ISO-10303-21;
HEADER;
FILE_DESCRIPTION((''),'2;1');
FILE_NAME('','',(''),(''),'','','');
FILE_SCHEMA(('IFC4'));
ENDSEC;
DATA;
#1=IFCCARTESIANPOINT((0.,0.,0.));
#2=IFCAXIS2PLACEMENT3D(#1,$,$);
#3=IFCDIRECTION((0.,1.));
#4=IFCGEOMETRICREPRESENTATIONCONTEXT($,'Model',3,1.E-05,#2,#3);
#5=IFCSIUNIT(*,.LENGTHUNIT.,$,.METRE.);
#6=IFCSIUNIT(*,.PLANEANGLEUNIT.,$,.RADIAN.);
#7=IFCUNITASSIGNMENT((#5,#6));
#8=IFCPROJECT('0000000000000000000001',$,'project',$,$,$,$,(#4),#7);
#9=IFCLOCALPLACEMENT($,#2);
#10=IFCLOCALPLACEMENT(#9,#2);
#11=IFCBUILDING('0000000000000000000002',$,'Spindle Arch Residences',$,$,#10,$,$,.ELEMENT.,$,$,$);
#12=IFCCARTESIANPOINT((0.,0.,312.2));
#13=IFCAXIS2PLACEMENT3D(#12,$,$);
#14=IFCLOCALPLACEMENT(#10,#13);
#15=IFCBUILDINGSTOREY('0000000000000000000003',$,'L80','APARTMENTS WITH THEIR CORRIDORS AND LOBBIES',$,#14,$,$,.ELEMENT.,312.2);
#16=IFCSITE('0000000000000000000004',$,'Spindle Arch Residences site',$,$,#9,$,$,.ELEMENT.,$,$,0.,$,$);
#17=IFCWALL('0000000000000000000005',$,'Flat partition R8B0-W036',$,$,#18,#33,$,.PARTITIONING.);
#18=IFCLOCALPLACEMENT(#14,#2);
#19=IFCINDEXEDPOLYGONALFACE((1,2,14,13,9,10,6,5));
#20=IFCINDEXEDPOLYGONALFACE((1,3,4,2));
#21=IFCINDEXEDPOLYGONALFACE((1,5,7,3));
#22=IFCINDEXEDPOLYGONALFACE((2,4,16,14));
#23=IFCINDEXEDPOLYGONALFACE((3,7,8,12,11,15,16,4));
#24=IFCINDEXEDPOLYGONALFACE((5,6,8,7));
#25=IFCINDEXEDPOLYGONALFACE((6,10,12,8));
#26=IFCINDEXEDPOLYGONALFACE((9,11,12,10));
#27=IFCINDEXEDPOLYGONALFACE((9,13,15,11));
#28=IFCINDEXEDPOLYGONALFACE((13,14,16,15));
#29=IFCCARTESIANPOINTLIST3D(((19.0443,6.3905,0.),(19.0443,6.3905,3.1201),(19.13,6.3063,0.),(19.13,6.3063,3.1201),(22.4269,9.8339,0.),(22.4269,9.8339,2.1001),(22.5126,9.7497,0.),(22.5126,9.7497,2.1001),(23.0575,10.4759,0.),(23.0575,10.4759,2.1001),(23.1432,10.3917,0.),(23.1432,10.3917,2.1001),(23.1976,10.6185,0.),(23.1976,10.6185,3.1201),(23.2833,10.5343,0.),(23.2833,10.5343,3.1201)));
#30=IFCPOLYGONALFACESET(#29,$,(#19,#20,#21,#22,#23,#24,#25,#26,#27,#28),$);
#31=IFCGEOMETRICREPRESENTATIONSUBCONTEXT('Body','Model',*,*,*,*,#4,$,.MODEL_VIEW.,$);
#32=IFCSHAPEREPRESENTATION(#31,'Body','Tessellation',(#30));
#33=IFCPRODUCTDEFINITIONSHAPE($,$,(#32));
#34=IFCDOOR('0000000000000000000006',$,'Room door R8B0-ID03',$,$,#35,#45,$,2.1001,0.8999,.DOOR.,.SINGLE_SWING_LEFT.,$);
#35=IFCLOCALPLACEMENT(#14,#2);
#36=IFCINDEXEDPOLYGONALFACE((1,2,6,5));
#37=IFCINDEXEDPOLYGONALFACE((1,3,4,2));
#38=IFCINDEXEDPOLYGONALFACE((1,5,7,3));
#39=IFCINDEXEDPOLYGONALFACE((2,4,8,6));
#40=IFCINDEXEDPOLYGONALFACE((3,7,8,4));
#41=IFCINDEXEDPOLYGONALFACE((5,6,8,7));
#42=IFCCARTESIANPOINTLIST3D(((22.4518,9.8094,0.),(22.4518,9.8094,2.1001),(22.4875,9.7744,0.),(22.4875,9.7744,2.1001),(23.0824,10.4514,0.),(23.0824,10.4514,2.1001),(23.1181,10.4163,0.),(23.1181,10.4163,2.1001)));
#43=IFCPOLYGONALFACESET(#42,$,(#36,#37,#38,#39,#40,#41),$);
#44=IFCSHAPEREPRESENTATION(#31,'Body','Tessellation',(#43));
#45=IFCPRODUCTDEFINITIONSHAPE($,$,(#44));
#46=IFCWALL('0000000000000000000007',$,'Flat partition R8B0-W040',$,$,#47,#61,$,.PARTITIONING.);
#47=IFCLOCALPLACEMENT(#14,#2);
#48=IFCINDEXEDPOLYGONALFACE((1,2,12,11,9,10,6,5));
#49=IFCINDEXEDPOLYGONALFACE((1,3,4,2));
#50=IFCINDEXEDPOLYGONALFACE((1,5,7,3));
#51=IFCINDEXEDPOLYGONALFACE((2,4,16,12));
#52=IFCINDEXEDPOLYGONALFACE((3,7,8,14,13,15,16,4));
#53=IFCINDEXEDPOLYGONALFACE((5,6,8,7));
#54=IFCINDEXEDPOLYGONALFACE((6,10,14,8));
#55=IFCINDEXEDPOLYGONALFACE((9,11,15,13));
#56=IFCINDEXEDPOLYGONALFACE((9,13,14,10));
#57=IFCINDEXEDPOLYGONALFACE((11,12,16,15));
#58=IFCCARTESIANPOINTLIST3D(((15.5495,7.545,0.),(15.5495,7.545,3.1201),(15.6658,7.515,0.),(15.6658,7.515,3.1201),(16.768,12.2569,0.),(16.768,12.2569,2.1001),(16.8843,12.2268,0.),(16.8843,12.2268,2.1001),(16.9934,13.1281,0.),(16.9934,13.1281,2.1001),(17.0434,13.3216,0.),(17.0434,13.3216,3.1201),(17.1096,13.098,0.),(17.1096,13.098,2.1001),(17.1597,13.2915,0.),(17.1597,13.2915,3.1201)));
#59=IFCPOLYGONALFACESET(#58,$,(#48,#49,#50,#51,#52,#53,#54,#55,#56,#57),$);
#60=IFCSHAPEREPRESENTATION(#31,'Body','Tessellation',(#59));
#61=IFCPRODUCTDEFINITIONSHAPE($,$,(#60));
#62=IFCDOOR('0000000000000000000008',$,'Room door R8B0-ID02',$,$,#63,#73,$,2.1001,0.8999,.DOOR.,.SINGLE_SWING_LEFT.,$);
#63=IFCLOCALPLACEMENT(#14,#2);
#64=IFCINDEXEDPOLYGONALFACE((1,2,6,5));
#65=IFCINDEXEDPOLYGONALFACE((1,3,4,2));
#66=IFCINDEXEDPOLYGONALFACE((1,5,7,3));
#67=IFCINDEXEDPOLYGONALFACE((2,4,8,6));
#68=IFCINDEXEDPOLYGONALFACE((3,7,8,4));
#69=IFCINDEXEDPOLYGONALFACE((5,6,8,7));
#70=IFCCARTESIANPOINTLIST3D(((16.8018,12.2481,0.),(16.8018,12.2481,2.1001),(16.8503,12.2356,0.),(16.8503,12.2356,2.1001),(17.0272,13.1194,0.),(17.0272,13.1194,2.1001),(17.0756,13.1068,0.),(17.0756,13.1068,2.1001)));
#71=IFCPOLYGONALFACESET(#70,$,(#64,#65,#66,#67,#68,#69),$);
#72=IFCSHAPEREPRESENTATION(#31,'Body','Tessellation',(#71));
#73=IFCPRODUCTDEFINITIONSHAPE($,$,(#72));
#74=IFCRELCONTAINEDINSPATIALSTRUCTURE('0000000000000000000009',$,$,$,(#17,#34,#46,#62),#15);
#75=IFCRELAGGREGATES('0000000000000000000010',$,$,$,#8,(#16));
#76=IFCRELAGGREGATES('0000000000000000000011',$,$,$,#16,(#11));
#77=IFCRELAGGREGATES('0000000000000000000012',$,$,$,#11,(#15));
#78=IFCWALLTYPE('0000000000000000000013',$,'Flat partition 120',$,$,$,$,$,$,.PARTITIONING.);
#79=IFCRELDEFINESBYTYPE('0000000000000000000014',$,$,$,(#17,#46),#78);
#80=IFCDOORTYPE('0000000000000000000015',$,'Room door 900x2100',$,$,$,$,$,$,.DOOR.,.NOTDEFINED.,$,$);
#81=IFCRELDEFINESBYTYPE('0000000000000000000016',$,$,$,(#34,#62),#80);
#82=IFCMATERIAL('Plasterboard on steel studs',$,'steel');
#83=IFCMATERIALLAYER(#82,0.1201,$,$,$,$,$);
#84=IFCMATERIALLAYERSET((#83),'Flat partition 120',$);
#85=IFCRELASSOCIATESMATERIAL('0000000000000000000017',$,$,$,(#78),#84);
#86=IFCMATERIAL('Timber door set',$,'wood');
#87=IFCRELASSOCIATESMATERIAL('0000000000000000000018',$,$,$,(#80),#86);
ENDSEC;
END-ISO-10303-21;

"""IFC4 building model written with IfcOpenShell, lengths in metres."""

from ifc_helpers import new_model, si_unit, direction, frame, frame_2d, origin, place, context, subcontext, project, spatial, rectangle, extrude, material, layer, layer_set, type_object, element, fill, save


model = new_model("IFC4")

# Units and contexts
model_context = context("Model", 3, precision=1e-05, world=origin(), true_north=direction((0.0, 1.0)))
body_context = subcontext(model_context, "Body", "Model", "MODEL_VIEW")
ifc_project = project(units=[si_unit("LENGTHUNIT", "METRE"), si_unit("PLANEANGLEUNIT", "RADIAN")], contexts=[model_context])

# Site, building, storey
site_placement = place(None, origin())
site = spatial("IfcSite", under=ifc_project, at=site_placement, Name="Spindle Arch Residences site", CompositionType="ELEMENT", RefElevation=0.0)
building_placement = place(site_placement, origin())
building = spatial("IfcBuilding", under=site, at=building_placement, Name="Spindle Arch Residences", CompositionType="ELEMENT")
storey_placement = place(building_placement, frame((0.0, 0.0, 312.2)))
storey = spatial("IfcBuildingStorey", under=building, at=storey_placement, Name="L80", Description="APARTMENTS WITH THEIR CORRIDORS AND LOBBIES", CompositionType="ELEMENT", Elevation=312.2)

# Shared definitions
ifc_material_1 = material(Name="Plasterboard on steel studs", Category="steel")
ifc_layer_1 = layer(ifc_material_1, 0.1201)
ifc_layer_set_1 = layer_set([ifc_layer_1], Name="Flat partition 120")
wall_type = type_object("IfcWallType", Name="Flat partition 120", PredefinedType="PARTITIONING", material=ifc_layer_set_1)

# Walls, openings, doors
ifc_material_2 = material(Name="Timber door set", Category="wood")
door_type = type_object("IfcDoorType", Name="Room door 900x2100", OperationType="NOTDEFINED", PredefinedType="DOOR", material=ifc_material_2)
wall_1_placement = place(storey_placement, frame((23.2405, 10.5764, 0.0), z_axis=(0.0, 0.0, 1.0), x_axis=(-0.700776, -0.713381, 0.0)))
wall_1 = element("IfcWall", 1, at=wall_1_placement, inside=storey, type_object=wall_type, Name="Flat partition R8B0-W036", PredefinedType="PARTITIONING", context=body_context, shape_type="SweptSolid", body=[
    extrude(rectangle(XDim=5.9268, YDim=0.1201, at=frame_2d((2.9634, 0.0))), origin(), (0.0, 0.0, 1.0), 3.1201),
])
opening_1_placement = place(wall_1_placement, frame((0.2, 0.0, 0.0)))
opening_1 = element("IfcOpeningElement", 2, at=opening_1_placement, cuts=wall_1, PredefinedType="OPENING", context=body_context, shape_type="SweptSolid", body=[
    extrude(rectangle(XDim=0.8999, YDim=2.1001, at=frame_2d((0.45, 1.05))), frame((0.0, 0.0701, 0.0), z_axis=(0.0, -1.0, 0.0), x_axis=(1.0, 0.0, 0.0)), (0.0, 0.0, 1.0), 0.1401),
])
door_1_placement = place(opening_1_placement, origin())
door_1 = element("IfcDoor", 3, at=door_1_placement, inside=storey, type_object=door_type, Name="Room door R8B0-ID03", OperationType="SINGLE_SWING_LEFT", OverallHeight=2.1001, OverallWidth=0.8999, PredefinedType="DOOR", context=body_context, shape_type="SweptSolid", body=[
    extrude(rectangle(XDim=0.8999, YDim=2.1001, at=frame_2d((0.45, 1.05))), frame((0.0, 0.0249, 0.0), z_axis=(0.0, -1.0, 0.0), x_axis=(1.0, 0.0, 0.0)), (0.0, 0.0, 1.0), 0.05),
])
fill(opening_1, door_1)
wall_2_placement = place(storey_placement, frame((17.1016, 13.3066, 0.0), z_axis=(0.0, 0.0, 1.0), x_axis=(-0.250374, -0.968149, 0.0)))
wall_2 = element("IfcWall", 4, at=wall_2_placement, inside=storey, type_object=wall_type, Name="Flat partition R8B0-W040", PredefinedType="PARTITIONING", context=body_context, shape_type="SweptSolid", body=[
    extrude(rectangle(XDim=5.9666, YDim=0.1201, at=frame_2d((2.9834, 0.0))), origin(), (0.0, 0.0, 1.0), 3.1201),
])
opening_2_placement = place(wall_2_placement, frame((0.2, 0.0, 0.0)))
opening_2 = element("IfcOpeningElement", 5, at=opening_2_placement, cuts=wall_2, PredefinedType="OPENING", context=body_context, shape_type="SweptSolid", body=[
    extrude(rectangle(XDim=0.8999, YDim=2.1001, at=frame_2d((0.45, 1.05))), frame((0.0, 0.0701, 0.0), z_axis=(0.0, -1.0, 0.0), x_axis=(1.0, 0.0, 0.0)), (0.0, 0.0, 1.0), 0.1401),
])
door_2_placement = place(opening_2_placement, origin())
door_2 = element("IfcDoor", 6, at=door_2_placement, inside=storey, type_object=door_type, Name="Room door R8B0-ID02", OperationType="SINGLE_SWING_LEFT", OverallHeight=2.1001, OverallWidth=0.8999, PredefinedType="DOOR", context=body_context, shape_type="SweptSolid", body=[
    extrude(rectangle(XDim=0.8999, YDim=2.1001, at=frame_2d((0.45, 1.05))), frame((0.0, 0.0249, 0.0), z_axis=(0.0, -1.0, 0.0), x_axis=(1.0, 0.0, 0.0)), (0.0, 0.0, 1.0), 0.05),
])
fill(opening_2, door_2)

save(model, "model.ifc")
